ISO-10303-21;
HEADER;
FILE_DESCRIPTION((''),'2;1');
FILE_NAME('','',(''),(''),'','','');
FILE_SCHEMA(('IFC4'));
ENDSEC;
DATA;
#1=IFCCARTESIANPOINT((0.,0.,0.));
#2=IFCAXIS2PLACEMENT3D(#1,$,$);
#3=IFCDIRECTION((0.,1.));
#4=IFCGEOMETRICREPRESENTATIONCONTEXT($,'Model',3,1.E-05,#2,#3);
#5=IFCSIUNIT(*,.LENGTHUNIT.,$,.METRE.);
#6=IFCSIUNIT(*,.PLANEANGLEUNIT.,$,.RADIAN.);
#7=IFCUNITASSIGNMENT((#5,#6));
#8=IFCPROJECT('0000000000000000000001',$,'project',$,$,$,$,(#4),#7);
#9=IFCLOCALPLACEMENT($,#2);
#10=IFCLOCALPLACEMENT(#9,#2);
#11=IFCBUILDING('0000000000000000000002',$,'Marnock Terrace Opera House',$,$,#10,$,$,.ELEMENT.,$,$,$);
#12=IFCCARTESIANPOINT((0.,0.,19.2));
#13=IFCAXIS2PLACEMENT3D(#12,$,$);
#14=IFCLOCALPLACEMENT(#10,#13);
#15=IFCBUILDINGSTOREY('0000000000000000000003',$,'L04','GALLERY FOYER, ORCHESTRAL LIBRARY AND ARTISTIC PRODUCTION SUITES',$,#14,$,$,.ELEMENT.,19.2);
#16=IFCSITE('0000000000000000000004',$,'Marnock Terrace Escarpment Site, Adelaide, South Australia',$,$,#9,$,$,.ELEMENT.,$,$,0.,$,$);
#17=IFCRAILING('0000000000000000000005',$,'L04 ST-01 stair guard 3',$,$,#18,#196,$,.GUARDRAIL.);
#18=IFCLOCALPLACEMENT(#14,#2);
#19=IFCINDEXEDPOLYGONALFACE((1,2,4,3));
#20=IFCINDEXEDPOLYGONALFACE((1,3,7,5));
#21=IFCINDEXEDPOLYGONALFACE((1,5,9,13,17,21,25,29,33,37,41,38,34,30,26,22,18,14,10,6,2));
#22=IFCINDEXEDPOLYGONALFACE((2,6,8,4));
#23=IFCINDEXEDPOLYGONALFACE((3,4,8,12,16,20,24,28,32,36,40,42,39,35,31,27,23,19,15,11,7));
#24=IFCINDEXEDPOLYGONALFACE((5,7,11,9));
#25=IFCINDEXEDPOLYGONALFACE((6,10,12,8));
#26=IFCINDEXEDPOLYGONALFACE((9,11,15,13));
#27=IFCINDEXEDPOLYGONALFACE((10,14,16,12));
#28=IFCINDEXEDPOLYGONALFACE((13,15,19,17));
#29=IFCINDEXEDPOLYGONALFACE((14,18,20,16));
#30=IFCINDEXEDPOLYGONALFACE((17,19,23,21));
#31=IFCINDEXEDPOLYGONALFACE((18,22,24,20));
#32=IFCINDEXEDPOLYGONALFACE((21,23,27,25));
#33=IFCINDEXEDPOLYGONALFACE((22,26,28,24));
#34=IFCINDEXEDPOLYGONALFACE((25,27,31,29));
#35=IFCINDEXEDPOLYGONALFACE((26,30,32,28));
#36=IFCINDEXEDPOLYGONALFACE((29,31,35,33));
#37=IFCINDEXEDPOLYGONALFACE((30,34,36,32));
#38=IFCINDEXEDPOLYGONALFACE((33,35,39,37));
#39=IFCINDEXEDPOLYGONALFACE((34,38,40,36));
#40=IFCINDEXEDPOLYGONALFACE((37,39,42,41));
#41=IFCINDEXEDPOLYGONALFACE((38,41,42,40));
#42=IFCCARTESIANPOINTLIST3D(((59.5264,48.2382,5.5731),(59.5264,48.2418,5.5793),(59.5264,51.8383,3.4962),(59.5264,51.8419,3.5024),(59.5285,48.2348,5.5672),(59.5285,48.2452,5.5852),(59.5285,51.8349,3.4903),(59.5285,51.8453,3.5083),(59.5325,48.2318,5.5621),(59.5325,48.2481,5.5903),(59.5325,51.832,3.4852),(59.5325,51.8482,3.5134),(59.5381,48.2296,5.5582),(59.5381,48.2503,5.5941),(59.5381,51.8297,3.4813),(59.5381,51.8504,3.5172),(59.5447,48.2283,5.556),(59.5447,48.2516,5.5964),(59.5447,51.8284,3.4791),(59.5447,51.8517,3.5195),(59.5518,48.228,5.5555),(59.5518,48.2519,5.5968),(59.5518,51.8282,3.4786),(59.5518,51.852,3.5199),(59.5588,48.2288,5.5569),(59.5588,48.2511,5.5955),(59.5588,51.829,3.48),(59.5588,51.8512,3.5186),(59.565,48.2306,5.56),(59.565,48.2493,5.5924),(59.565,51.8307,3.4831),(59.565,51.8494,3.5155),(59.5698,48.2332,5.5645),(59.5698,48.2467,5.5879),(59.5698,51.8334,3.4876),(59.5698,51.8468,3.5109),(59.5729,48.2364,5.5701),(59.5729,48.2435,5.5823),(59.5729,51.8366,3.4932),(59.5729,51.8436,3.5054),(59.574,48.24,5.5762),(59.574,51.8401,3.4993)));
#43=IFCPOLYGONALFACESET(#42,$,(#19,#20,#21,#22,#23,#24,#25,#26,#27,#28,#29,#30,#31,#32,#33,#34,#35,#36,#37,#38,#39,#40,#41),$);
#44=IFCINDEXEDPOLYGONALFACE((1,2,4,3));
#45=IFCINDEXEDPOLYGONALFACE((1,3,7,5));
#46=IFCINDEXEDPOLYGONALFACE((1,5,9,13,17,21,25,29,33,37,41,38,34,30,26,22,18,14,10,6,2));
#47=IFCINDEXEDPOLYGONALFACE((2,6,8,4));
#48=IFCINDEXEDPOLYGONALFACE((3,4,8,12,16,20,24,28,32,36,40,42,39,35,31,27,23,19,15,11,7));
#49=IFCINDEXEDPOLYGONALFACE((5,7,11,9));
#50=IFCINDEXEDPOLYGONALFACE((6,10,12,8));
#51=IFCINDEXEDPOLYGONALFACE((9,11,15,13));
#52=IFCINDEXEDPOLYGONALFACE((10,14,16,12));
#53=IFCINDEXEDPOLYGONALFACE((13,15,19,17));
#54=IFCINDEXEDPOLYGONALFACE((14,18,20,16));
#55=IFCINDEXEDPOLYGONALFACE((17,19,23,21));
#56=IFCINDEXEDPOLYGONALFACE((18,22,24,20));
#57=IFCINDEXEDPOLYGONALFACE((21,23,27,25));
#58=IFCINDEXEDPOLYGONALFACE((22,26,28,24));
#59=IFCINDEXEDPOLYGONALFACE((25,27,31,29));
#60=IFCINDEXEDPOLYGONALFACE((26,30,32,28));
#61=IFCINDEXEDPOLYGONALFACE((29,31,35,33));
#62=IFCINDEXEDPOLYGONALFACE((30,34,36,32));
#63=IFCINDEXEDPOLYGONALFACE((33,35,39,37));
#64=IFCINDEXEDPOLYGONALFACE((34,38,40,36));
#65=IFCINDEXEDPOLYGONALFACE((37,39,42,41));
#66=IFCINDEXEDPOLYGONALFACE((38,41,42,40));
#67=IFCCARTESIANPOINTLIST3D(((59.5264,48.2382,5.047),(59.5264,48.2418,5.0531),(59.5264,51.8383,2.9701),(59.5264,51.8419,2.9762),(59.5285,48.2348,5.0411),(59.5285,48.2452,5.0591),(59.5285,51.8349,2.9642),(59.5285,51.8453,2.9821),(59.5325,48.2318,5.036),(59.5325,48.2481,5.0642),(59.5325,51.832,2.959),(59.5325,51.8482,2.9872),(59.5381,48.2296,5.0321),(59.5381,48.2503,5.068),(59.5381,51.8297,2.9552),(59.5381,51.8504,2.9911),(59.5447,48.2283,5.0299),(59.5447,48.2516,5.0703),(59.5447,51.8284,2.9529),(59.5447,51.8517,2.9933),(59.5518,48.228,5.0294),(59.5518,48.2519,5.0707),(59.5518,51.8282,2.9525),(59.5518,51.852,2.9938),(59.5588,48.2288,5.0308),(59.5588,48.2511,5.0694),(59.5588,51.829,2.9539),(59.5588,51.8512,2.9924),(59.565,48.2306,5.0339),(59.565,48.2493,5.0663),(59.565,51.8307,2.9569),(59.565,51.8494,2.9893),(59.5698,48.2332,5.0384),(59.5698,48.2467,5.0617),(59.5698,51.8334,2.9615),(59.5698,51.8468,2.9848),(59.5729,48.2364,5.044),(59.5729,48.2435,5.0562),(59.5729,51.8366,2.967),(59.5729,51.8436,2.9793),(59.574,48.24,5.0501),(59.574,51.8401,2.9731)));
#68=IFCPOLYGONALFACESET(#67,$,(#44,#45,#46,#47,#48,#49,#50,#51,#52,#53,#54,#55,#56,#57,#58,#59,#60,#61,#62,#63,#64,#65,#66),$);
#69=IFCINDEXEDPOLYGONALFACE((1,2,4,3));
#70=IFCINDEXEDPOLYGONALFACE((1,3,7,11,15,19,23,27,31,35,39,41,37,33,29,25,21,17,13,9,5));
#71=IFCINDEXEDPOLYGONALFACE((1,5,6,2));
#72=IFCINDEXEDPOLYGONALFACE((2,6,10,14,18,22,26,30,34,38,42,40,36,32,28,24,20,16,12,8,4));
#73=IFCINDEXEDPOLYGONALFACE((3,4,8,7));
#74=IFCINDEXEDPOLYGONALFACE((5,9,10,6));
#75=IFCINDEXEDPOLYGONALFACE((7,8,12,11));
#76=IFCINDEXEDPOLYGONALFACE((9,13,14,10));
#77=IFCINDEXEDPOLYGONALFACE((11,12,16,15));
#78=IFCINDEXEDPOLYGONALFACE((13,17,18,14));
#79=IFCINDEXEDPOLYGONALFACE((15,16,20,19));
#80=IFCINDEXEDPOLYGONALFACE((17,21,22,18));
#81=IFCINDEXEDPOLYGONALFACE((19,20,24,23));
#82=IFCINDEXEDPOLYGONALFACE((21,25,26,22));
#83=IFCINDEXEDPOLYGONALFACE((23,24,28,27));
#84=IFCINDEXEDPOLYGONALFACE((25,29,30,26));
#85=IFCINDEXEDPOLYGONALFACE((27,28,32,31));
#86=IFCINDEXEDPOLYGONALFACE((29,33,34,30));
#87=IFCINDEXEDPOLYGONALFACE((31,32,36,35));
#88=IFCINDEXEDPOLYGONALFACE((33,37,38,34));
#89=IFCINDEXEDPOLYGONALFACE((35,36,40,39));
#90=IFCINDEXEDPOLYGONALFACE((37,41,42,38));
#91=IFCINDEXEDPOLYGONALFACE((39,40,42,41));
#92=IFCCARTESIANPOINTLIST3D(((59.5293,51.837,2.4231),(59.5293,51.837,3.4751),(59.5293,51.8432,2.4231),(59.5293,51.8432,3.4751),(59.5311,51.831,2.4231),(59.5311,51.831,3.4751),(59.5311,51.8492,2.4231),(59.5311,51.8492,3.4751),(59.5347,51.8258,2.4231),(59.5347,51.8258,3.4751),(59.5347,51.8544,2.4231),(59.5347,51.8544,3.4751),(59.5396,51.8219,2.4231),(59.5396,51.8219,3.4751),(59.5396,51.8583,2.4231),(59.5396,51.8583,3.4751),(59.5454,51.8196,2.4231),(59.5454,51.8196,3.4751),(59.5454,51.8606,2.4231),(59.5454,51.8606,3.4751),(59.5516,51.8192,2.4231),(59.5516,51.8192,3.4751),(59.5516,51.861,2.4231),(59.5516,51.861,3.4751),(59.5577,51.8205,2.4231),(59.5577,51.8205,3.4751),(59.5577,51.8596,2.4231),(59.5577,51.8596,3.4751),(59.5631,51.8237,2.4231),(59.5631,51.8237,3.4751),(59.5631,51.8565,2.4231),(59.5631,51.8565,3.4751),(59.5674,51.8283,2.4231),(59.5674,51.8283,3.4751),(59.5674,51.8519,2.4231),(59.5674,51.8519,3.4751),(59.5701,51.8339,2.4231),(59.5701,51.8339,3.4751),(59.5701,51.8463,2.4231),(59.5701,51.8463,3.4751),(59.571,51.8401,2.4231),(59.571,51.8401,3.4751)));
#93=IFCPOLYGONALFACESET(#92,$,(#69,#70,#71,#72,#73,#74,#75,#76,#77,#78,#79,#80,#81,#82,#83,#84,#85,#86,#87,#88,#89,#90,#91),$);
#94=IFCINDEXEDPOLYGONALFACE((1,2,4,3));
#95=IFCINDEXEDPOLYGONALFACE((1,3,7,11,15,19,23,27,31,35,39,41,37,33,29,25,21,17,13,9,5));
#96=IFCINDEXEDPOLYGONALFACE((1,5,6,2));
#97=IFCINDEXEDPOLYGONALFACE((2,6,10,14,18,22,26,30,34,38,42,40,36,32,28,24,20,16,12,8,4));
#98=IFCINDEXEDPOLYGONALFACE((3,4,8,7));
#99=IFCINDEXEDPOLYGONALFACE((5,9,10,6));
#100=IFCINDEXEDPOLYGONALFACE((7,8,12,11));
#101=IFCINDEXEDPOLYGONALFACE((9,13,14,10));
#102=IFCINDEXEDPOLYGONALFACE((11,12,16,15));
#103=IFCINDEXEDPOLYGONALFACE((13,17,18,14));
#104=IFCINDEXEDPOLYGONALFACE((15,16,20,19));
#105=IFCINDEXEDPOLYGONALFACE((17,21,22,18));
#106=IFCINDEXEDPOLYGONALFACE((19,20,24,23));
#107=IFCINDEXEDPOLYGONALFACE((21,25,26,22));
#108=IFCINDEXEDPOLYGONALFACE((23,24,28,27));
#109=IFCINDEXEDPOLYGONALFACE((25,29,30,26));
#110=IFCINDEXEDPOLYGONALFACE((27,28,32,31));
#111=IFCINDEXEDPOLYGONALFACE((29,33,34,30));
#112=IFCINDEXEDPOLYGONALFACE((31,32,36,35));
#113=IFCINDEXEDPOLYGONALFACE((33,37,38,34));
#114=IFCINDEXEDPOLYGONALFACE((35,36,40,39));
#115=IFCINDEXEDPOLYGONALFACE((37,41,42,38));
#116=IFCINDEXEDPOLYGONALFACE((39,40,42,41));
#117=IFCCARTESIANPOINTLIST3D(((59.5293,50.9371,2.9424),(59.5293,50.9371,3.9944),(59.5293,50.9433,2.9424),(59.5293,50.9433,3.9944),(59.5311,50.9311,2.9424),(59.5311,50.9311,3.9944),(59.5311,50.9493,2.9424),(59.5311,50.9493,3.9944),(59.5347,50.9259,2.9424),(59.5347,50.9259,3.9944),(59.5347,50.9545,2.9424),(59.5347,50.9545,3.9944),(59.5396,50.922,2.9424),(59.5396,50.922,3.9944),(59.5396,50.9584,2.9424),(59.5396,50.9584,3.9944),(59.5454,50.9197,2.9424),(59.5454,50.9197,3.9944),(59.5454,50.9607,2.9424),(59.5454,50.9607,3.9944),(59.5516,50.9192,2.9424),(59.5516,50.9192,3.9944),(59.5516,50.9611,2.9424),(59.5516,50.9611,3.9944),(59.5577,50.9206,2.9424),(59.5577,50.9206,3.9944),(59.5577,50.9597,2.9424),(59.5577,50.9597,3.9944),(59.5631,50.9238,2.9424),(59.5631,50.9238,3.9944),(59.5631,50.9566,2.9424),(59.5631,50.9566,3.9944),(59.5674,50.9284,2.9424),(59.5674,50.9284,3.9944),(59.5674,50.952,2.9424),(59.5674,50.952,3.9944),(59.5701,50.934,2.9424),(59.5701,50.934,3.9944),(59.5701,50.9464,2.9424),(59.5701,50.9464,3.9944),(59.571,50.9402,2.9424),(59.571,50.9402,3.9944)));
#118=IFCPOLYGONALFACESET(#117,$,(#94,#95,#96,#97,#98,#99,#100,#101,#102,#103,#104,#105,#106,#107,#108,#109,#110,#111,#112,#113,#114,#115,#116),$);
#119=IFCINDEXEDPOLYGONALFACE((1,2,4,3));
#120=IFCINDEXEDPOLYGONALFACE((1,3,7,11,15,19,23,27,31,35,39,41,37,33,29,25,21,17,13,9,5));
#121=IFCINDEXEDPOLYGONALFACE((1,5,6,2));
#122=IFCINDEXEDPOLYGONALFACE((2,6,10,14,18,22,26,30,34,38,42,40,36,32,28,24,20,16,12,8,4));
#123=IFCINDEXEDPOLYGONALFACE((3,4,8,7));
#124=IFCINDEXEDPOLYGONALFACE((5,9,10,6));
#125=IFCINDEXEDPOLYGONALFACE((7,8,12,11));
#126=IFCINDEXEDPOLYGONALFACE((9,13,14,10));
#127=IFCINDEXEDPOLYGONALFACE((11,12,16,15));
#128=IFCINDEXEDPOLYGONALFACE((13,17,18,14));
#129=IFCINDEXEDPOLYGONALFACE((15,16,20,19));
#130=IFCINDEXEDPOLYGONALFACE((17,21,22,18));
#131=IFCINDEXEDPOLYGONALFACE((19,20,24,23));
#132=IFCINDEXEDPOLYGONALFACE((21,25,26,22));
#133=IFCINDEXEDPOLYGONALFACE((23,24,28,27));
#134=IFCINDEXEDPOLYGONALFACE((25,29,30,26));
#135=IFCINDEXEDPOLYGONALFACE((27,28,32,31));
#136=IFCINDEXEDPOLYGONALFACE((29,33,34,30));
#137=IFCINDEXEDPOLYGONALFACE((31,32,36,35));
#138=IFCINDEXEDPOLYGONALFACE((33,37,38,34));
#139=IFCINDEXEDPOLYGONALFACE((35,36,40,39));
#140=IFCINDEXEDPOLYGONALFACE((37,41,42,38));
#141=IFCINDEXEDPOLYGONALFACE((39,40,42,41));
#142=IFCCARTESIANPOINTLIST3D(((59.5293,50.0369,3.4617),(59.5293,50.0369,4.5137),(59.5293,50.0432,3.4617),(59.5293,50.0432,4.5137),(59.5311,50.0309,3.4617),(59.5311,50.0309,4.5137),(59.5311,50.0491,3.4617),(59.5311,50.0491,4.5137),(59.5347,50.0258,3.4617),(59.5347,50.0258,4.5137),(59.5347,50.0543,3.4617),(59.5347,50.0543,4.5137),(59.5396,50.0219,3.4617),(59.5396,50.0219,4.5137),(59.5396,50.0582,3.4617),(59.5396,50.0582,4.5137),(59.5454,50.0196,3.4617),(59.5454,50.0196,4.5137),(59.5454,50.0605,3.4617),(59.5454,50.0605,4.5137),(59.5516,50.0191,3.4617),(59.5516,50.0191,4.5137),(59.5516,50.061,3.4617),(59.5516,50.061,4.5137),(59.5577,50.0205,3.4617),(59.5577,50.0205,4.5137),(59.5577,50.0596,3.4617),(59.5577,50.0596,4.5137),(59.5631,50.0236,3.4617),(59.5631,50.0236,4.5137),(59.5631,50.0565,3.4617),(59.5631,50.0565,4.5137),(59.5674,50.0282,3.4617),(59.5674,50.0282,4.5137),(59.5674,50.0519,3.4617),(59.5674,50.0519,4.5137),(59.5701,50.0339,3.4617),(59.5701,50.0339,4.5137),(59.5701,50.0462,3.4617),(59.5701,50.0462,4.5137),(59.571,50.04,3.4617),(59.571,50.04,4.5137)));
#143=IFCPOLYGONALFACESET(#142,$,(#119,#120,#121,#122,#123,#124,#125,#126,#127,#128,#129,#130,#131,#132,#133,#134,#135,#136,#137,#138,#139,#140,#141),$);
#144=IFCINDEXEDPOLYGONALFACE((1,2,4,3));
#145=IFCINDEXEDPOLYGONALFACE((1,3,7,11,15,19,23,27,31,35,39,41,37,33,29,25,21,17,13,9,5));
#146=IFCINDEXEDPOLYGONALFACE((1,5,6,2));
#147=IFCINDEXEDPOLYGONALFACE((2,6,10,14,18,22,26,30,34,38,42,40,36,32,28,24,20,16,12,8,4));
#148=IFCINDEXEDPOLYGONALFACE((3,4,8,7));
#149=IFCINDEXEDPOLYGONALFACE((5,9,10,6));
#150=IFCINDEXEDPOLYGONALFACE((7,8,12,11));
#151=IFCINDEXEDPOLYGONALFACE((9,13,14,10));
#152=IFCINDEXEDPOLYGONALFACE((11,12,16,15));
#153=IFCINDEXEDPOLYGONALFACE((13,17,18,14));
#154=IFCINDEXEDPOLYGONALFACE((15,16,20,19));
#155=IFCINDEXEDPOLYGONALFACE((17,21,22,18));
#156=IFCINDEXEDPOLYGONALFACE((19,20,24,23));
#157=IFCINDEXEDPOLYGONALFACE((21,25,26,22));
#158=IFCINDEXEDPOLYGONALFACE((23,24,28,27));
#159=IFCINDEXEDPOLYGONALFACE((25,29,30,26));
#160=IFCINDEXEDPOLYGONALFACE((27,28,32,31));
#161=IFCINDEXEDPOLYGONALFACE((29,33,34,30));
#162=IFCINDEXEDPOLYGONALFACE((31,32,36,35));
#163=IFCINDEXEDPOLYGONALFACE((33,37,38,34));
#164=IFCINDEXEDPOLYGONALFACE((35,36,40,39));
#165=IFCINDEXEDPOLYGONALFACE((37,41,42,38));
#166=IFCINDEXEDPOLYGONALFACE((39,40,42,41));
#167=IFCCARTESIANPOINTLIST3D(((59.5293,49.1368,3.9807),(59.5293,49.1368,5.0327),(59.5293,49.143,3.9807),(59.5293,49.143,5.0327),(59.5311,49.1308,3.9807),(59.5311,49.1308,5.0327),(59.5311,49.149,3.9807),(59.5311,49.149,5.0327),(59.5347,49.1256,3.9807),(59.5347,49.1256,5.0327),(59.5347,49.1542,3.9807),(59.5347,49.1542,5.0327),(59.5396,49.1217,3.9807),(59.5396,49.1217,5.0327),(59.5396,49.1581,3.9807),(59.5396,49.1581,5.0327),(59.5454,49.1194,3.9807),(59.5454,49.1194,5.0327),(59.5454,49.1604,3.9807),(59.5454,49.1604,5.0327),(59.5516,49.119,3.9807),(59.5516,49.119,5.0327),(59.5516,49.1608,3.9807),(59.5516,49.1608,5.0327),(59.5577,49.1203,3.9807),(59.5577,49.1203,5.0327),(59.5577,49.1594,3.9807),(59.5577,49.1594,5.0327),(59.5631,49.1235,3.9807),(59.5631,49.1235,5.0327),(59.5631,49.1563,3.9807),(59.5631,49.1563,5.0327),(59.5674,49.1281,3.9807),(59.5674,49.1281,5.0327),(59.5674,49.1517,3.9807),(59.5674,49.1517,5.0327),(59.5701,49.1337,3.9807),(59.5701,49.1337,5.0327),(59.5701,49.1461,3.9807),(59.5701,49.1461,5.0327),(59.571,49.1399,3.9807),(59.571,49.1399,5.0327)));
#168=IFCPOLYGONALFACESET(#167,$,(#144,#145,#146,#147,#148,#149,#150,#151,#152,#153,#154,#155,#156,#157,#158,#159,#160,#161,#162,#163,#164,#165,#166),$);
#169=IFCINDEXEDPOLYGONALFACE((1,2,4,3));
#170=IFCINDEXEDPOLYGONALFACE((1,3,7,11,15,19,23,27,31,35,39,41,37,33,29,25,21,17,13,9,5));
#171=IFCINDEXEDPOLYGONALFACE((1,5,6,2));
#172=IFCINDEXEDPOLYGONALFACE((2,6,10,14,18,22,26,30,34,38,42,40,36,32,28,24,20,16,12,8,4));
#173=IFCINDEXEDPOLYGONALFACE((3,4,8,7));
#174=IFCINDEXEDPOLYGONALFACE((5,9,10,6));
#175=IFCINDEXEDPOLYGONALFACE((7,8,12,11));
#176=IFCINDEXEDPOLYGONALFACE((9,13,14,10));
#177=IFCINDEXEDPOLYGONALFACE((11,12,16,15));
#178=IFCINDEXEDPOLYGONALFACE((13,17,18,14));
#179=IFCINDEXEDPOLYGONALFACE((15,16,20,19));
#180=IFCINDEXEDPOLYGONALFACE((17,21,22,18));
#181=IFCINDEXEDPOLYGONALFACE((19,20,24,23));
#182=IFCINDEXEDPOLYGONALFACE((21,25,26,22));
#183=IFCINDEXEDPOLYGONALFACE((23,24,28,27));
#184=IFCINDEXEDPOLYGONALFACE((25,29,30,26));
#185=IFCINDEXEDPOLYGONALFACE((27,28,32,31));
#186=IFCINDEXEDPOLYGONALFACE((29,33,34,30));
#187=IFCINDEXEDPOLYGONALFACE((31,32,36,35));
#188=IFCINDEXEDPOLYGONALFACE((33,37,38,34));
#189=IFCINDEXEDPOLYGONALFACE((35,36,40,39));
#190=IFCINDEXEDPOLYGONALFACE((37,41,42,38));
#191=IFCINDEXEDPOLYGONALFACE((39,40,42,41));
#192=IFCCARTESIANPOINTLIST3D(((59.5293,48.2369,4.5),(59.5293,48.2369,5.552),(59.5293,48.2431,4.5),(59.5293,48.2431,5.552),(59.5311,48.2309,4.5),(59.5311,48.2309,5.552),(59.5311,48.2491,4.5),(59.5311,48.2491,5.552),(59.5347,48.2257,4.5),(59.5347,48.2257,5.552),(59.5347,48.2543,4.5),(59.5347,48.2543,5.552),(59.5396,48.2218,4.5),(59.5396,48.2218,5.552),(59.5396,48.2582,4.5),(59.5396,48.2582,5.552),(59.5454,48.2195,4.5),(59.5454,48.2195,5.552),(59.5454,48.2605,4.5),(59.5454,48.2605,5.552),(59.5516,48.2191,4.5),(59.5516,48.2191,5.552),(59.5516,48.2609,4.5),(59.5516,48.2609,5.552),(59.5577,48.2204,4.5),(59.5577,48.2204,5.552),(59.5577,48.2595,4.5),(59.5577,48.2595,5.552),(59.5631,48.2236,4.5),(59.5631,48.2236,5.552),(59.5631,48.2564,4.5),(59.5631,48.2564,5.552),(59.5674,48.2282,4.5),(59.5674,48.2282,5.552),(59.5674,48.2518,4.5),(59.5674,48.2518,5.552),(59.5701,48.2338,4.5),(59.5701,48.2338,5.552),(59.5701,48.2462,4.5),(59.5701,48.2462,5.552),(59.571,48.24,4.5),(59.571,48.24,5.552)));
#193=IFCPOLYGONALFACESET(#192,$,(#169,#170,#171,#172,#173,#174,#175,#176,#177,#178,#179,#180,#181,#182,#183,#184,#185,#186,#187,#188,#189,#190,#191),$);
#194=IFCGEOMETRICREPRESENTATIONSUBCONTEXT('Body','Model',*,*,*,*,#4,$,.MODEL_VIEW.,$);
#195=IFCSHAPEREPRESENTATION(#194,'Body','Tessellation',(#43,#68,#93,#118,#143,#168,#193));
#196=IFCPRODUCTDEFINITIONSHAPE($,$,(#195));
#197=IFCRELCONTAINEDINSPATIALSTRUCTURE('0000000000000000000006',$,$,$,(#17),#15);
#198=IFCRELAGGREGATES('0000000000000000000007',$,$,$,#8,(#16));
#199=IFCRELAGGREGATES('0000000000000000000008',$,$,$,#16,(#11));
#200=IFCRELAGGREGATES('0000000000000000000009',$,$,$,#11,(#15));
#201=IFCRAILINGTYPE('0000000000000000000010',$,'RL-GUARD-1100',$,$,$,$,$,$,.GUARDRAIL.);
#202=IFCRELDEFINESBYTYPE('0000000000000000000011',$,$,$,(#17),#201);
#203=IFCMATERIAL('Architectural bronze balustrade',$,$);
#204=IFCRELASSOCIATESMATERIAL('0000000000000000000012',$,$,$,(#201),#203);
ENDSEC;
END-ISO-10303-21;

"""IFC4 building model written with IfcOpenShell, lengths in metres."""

from ifc_helpers import new_model, si_unit, direction, frame, origin, origin_2d, place, context, subcontext, project, spatial, circle, extrude, material, type_object, element, save


model = new_model("IFC4")

# Units and contexts
model_context = context("Model", 3, precision=1e-05, world=origin(), true_north=direction((0.0, 1.0)))
body_context = subcontext(model_context, "Body", "Model", "MODEL_VIEW")
ifc_project = project(units=[si_unit("LENGTHUNIT", "METRE"), si_unit("PLANEANGLEUNIT", "RADIAN")], contexts=[model_context])

# Site, building, storey
site_placement = place(None, origin())
site = spatial("IfcSite", under=ifc_project, at=site_placement, Name="Marnock Terrace Escarpment Site, Adelaide, South Australia", CompositionType="ELEMENT", RefElevation=0.0)
building_placement = place(site_placement, origin())
building = spatial("IfcBuilding", under=site, at=building_placement, Name="Marnock Terrace Opera House", CompositionType="ELEMENT")
storey_placement = place(building_placement, frame((0.0, 0.0, 19.2)))
storey = spatial("IfcBuildingStorey", under=building, at=storey_placement, Name="L04", Description="GALLERY FOYER, ORCHESTRAL LIBRARY AND ARTISTIC PRODUCTION SUITES", CompositionType="ELEMENT", Elevation=19.2)

# Railing
ifc_material_1 = material(Name="Architectural bronze balustrade")
railing_type_1 = type_object("IfcRailingType", Name="RL-GUARD-1100", PredefinedType="GUARDRAIL", material=ifc_material_1)
railing_1_placement = place(storey_placement, frame((59.55, 51.8401, 2.4231)))
element("IfcRailing", 1, at=railing_1_placement, inside=storey, type_object=railing_type_1, Name="L04 ST-01 stair guard 3", PredefinedType="GUARDRAIL", context=body_context, shape_type="SweptSolid", body=[
    extrude(circle(Radius=0.0239, at=origin_2d()), frame((0.0, 0.0, 1.0762), z_axis=(0.0, -0.866193, 0.499709), x_axis=(1.0, 0.0, 0.0)), (0.0, 0.0, 1.0), 4.1562),
    extrude(circle(Radius=0.0239, at=origin_2d()), frame((0.0, 0.0, 0.55), z_axis=(0.0, -0.866193, 0.499709), x_axis=(1.0, 0.0, 0.0)), (0.0, 0.0, 1.0), 4.1562),
    extrude(circle(Radius=0.021, at=origin_2d()), origin(), (0.0, 0.0, 1.0), 1.052),
    extrude(circle(Radius=0.021, at=origin_2d()), frame((0.0, -0.8999, 0.5193)), (0.0, 0.0, 1.0), 1.052),
    extrude(circle(Radius=0.021, at=origin_2d()), frame((0.0, -1.8, 1.0386)), (0.0, 0.0, 1.0), 1.052),
    extrude(circle(Radius=0.021, at=origin_2d()), frame((0.0, -2.7002, 1.5576)), (0.0, 0.0, 1.0), 1.052),
    extrude(circle(Radius=0.021, at=origin_2d()), frame((0.0, -3.6001, 2.0769)), (0.0, 0.0, 1.0), 1.052),
])

save(model, "model.ifc")
